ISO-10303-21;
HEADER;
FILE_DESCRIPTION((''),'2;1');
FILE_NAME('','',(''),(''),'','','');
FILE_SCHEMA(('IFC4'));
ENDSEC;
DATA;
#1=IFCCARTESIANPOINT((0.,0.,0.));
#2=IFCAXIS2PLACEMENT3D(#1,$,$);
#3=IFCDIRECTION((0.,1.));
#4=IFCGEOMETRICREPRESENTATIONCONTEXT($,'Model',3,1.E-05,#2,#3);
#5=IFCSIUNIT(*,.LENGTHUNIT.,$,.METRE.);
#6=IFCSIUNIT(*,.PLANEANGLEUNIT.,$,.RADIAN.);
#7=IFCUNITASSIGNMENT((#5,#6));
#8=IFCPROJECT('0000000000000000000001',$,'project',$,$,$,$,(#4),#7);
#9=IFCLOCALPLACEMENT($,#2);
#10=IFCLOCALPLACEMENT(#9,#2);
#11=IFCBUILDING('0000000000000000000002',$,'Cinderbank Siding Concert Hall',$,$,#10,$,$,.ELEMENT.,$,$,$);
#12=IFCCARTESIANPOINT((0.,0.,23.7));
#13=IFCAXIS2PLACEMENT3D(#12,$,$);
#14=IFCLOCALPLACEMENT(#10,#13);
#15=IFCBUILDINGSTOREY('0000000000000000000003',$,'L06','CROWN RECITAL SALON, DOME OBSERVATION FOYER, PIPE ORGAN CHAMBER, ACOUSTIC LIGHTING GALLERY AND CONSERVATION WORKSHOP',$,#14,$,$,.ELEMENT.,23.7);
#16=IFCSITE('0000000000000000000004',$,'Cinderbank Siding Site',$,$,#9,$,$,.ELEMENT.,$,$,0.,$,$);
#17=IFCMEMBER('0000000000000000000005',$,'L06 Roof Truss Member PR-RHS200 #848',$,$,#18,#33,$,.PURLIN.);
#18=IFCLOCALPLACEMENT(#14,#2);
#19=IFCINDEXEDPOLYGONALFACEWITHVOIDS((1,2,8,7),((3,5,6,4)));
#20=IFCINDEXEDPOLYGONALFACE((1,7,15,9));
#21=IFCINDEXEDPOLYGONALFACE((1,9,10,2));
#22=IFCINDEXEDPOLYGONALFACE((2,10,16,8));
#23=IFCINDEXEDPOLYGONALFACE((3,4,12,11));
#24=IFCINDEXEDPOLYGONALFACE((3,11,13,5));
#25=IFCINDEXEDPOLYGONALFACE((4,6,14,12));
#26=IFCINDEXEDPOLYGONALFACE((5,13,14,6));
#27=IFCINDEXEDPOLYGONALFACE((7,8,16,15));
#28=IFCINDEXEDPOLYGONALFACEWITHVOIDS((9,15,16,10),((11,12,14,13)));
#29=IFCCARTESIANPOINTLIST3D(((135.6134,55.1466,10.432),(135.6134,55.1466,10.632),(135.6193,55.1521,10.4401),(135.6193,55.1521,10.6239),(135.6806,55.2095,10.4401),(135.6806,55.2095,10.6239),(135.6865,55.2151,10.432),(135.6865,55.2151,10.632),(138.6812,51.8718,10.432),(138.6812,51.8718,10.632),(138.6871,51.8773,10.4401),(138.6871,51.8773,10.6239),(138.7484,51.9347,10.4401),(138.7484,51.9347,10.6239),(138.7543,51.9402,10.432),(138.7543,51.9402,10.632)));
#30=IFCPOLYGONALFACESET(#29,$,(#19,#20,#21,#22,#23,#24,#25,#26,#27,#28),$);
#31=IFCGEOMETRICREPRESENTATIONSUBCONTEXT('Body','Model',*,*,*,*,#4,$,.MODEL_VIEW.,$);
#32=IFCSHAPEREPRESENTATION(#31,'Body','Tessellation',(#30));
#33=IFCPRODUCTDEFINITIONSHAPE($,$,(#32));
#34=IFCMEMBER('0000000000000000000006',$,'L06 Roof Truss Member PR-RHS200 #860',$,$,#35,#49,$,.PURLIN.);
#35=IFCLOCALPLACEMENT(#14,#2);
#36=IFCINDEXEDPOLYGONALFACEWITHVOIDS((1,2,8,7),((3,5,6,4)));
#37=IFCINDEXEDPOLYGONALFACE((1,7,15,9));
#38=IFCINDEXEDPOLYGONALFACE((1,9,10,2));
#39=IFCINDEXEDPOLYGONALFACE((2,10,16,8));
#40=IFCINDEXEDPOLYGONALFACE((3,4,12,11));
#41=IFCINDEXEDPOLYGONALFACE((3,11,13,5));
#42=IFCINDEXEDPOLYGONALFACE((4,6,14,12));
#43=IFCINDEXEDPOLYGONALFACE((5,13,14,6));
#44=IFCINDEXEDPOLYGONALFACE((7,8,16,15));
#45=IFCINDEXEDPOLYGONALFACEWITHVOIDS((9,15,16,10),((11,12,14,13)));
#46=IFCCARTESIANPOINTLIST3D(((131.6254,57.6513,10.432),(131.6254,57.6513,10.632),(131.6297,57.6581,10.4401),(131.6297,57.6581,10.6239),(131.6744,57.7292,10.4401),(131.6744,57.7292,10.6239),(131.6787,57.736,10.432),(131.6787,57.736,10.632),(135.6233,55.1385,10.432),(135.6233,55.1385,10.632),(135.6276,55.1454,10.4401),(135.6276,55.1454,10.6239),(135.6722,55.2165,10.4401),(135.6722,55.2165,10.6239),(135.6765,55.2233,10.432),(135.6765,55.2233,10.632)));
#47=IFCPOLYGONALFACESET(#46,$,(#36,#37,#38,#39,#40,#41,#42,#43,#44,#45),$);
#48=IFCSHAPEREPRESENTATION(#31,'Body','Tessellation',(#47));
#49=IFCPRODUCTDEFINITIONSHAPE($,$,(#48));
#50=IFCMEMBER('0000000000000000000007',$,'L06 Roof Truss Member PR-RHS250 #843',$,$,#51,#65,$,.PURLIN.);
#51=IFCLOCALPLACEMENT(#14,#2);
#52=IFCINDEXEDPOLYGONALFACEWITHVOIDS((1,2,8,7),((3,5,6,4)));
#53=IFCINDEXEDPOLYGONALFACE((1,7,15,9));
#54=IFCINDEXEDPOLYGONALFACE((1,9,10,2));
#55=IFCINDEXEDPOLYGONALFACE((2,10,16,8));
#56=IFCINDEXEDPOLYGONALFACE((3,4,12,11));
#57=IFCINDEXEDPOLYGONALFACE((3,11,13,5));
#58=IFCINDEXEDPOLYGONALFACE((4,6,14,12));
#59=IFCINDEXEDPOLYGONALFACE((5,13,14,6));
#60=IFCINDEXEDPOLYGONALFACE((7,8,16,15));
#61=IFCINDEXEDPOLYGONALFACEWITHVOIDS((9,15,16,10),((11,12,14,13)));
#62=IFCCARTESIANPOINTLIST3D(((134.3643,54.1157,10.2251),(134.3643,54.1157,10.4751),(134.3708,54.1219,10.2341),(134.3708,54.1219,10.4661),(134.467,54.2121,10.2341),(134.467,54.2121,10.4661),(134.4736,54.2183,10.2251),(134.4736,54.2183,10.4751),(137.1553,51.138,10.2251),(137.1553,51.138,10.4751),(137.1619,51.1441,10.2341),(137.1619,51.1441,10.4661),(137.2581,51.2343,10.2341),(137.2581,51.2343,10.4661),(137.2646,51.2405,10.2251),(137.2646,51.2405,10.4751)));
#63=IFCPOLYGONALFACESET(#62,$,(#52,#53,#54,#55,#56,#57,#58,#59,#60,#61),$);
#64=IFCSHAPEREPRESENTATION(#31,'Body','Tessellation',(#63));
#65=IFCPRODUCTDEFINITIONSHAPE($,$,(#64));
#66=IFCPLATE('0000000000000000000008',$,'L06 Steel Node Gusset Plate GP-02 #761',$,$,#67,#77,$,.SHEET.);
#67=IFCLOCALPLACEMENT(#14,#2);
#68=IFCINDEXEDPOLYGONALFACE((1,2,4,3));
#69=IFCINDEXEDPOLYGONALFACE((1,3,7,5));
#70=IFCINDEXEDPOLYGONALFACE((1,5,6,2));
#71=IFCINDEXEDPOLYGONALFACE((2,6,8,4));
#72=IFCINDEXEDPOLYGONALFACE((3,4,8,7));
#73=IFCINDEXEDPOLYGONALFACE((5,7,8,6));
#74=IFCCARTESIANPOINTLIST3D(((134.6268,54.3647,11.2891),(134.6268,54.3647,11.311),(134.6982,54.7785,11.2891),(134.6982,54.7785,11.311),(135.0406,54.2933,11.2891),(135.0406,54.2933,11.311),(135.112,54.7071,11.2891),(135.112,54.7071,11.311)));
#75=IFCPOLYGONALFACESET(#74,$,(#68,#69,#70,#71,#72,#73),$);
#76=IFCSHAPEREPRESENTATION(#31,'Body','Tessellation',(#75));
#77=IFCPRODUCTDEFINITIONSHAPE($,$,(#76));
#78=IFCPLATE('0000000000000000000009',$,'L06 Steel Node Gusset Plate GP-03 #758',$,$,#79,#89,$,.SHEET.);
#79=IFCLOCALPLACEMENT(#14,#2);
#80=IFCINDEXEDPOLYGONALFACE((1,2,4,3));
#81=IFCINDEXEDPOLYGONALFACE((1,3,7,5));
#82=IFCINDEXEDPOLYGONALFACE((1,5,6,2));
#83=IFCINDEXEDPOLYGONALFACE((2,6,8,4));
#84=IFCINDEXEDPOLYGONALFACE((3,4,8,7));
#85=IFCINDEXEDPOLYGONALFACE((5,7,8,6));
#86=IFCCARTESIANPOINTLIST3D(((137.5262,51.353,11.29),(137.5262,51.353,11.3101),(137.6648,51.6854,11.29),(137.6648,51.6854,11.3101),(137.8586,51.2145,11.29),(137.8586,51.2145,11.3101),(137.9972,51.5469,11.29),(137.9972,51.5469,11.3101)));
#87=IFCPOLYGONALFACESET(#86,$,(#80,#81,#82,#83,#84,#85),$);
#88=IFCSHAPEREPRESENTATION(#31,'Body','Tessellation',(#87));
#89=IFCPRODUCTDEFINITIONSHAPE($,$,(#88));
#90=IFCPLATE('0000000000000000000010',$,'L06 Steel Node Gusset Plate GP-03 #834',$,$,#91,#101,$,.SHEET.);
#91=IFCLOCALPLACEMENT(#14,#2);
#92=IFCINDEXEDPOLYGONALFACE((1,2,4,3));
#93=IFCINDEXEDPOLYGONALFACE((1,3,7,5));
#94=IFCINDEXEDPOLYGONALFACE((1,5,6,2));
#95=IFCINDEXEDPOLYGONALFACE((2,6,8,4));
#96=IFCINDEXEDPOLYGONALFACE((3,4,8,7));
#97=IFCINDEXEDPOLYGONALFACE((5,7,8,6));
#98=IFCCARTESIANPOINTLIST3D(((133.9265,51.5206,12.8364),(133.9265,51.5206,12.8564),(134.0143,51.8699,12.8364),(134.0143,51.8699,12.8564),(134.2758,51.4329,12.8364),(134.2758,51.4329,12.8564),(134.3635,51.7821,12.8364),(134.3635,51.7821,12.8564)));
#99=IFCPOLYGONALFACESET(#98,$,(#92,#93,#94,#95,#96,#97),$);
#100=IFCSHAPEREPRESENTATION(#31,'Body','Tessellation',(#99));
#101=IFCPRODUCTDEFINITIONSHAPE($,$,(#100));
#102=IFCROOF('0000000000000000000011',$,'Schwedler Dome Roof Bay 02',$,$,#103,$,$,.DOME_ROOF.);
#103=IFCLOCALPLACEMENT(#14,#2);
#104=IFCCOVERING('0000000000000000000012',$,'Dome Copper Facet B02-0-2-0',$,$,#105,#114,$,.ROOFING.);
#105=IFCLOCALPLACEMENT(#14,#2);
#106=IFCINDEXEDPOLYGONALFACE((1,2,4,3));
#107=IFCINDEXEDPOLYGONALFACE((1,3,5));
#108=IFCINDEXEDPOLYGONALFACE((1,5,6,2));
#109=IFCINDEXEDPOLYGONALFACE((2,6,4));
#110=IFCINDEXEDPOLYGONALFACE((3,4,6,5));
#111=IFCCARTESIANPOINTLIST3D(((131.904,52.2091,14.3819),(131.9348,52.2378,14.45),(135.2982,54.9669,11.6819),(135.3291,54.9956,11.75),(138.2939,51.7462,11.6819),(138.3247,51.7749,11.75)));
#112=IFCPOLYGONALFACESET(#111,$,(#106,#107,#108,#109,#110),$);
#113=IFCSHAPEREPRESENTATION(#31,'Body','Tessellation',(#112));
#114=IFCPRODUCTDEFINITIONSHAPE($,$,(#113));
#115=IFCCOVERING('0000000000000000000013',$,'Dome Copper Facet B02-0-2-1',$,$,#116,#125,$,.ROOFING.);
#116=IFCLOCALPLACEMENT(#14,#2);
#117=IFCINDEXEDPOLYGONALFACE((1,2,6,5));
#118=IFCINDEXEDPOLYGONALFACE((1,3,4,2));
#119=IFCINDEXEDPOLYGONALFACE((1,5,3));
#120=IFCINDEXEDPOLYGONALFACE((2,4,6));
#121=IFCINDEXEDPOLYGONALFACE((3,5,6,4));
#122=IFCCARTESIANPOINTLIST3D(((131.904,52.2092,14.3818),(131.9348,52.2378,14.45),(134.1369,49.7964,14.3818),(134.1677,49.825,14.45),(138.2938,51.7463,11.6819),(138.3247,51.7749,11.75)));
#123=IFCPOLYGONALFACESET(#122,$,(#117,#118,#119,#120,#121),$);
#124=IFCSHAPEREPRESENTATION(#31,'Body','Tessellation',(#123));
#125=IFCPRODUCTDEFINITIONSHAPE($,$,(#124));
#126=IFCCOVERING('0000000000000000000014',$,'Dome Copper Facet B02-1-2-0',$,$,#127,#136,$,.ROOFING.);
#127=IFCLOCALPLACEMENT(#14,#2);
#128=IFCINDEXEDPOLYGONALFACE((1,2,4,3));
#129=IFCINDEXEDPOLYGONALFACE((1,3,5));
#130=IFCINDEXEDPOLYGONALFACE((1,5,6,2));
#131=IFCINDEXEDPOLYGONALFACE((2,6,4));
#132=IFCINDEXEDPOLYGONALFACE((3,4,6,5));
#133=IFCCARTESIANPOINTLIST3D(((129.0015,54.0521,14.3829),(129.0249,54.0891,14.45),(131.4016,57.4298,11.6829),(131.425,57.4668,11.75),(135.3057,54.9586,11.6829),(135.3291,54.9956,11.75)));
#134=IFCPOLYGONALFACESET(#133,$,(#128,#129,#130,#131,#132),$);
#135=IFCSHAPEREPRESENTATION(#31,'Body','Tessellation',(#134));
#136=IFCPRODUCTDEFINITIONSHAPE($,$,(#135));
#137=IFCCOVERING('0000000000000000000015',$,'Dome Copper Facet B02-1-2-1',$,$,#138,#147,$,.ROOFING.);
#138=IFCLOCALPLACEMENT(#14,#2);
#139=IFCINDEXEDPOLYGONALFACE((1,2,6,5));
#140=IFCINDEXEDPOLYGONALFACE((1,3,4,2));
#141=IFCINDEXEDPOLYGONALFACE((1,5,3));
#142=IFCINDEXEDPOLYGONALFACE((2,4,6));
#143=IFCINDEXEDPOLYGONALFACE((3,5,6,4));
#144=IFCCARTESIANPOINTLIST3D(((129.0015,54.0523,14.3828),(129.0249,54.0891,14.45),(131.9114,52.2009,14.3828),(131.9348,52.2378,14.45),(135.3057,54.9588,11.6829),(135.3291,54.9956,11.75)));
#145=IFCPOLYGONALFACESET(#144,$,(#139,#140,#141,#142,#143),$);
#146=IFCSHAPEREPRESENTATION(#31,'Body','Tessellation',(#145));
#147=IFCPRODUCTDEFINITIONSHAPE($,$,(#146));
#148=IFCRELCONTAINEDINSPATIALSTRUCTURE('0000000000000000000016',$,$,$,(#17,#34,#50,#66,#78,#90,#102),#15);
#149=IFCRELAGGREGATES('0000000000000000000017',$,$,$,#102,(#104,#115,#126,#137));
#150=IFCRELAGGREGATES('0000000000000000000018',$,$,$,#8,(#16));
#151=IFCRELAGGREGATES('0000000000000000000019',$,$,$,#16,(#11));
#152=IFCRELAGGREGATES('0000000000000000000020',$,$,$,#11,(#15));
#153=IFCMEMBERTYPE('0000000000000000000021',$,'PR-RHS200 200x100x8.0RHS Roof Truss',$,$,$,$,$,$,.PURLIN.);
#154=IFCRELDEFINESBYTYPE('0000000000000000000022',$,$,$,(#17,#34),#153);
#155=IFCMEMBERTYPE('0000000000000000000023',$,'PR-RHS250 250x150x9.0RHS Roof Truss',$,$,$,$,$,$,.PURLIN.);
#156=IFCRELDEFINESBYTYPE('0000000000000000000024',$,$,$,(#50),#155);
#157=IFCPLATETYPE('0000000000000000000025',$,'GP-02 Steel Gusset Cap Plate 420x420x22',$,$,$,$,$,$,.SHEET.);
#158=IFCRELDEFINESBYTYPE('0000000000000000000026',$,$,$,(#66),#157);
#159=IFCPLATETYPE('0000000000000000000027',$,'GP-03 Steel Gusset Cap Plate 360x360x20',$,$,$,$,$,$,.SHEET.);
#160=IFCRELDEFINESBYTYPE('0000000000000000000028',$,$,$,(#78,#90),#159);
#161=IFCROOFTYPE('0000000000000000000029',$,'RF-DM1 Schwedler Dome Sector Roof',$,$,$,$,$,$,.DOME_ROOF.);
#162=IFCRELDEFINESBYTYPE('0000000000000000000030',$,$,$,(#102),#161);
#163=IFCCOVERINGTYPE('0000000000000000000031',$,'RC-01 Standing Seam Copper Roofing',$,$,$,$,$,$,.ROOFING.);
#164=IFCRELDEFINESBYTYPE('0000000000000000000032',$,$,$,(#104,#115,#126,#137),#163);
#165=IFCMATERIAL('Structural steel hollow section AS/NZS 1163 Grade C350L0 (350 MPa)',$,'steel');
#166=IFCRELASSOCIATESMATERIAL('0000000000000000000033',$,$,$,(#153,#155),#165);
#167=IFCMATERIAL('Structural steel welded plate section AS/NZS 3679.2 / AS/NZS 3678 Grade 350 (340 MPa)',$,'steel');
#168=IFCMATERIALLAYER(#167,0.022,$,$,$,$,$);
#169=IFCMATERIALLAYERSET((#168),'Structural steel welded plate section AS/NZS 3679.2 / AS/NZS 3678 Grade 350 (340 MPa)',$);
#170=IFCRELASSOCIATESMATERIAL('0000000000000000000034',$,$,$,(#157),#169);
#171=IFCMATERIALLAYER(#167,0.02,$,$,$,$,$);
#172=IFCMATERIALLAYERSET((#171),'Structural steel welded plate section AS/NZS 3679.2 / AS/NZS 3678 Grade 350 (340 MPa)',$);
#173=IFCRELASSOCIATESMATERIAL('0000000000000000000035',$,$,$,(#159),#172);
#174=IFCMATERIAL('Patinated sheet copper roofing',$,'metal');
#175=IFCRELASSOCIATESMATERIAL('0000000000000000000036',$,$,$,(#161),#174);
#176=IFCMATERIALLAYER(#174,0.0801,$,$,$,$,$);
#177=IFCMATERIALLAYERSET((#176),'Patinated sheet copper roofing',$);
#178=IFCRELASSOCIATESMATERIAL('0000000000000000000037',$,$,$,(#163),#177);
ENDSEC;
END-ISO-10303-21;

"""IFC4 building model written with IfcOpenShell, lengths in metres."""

from ifc_helpers import new_model, si_unit, direction, frame, origin, origin_2d, place, context, subcontext, project, spatial, polyline, rectangle, hollow_rectangle, outline, extrude, material, layer, layer_set, material_profile, profile_set, type_object, element, aggregate, save


model = new_model("IFC4")

# Units and contexts
model_context = context("Model", 3, precision=1e-05, world=origin(), true_north=direction((0.0, 1.0)))
body_context = subcontext(model_context, "Body", "Model", "MODEL_VIEW")
ifc_project = project(units=[si_unit("LENGTHUNIT", "METRE"), si_unit("PLANEANGLEUNIT", "RADIAN")], contexts=[model_context])

# Site, building, storey
site_placement = place(None, origin())
site = spatial("IfcSite", under=ifc_project, at=site_placement, Name="Cinderbank Siding Site", CompositionType="ELEMENT", RefElevation=0.0)
building_placement = place(site_placement, origin())
building = spatial("IfcBuilding", under=site, at=building_placement, Name="Cinderbank Siding Concert Hall", CompositionType="ELEMENT")
storey_placement = place(building_placement, frame((0.0, 0.0, 23.7)))
storey = spatial("IfcBuildingStorey", under=building, at=storey_placement, Name="L06", Description="CROWN RECITAL SALON, DOME OBSERVATION FOYER, PIPE ORGAN CHAMBER, ACOUSTIC LIGHTING GALLERY AND CONSERVATION WORKSHOP", CompositionType="ELEMENT", Elevation=23.7)

# Members
ifc_material_1 = material(Name="Structural steel hollow section AS/NZS 1163 Grade C350L0 (350 MPa)", Category="steel")
ifc_material_profile_1 = material_profile(ifc_material_1, hollow_rectangle(XDim=0.1001, YDim=0.2, WallThickness=0.0081, at=origin_2d()), Name="200x100x8.0RHS", Category="LoadBearing")
ifc_profile_set_1 = profile_set([ifc_material_profile_1], Name="Structural steel hollow section AS/NZS 1163 Grade C350L0 (350 MPa)")
member_type_1 = type_object("IfcMemberType", Name="PR-RHS200 200x100x8.0RHS Roof Truss", PredefinedType="PURLIN", material=ifc_profile_set_1)
member_1_placement = place(storey_placement, frame((138.7178, 51.906, 10.532), z_axis=(-0.683662, 0.729798, 0.0), x_axis=(-0.729798, -0.683662, 0.0)))
element("IfcMember", 1, at=member_1_placement, inside=storey, type_object=member_type_1, Name="L06 Roof Truss Member PR-RHS200 #848", PredefinedType="PURLIN", context=body_context, shape_type="SweptSolid", body=[
    extrude(hollow_rectangle(XDim=0.1001, YDim=0.2, WallThickness=0.0081, at=origin_2d()), origin(), (0.0, 0.0, 1.0), 4.4873),
])
member_2_placement = place(storey_placement, frame((135.6499, 55.1809, 10.532), z_axis=(-0.846657, 0.53214, 0.0), x_axis=(-0.53214, -0.846657, 0.0)))
element("IfcMember", 2, at=member_2_placement, inside=storey, type_object=member_type_1, Name="L06 Roof Truss Member PR-RHS200 #860", PredefinedType="PURLIN", context=body_context, shape_type="SweptSolid", body=[
    extrude(hollow_rectangle(XDim=0.1001, YDim=0.2, WallThickness=0.0081, at=origin_2d()), origin(), (0.0, 0.0, 1.0), 4.7219),
])
ifc_material_profile_2 = material_profile(ifc_material_1, hollow_rectangle(XDim=0.1499, YDim=0.25, WallThickness=0.009, at=origin_2d()), Name="250x150x9.0RHS", Category="LoadBearing")
ifc_profile_set_2 = profile_set([ifc_material_profile_2], Name="Structural steel hollow section AS/NZS 1163 Grade C350L0 (350 MPa)")
member_type_2 = type_object("IfcMemberType", Name="PR-RHS250 250x150x9.0RHS Roof Truss", PredefinedType="PURLIN", material=ifc_profile_set_2)
member_3_placement = place(storey_placement, frame((137.21, 51.1892, 10.3501), z_axis=(-0.683856, 0.729617, 0.0), x_axis=(-0.729617, -0.683856, 0.0)))
element("IfcMember", 3, at=member_3_placement, inside=storey, type_object=member_type_2, Name="L06 Roof Truss Member PR-RHS250 #843", PredefinedType="PURLIN", context=body_context, shape_type="SweptSolid", body=[
    extrude(hollow_rectangle(XDim=0.1499, YDim=0.25, WallThickness=0.009, at=origin_2d()), origin(), (0.0, 0.0, 1.0), 4.0813),
])

# Plates
ifc_material_2 = material(Name="Structural steel welded plate section AS/NZS 3679.2 / AS/NZS 3678 Grade 350 (340 MPa)", Category="steel")
ifc_layer_1 = layer(ifc_material_2, 0.022)
ifc_layer_set_1 = layer_set([ifc_layer_1], Name="Structural steel welded plate section AS/NZS 3679.2 / AS/NZS 3678 Grade 350 (340 MPa)")
plate_type_1 = type_object("IfcPlateType", Name="GP-02 Steel Gusset Cap Plate 420x420x22", PredefinedType="SHEET", material=ifc_layer_set_1)
plate_placement = place(storey_placement, frame((134.8694, 54.5359, 11.2891), z_axis=(0.0, 0.0, 1.0), x_axis=(-0.985438, 0.170038, 0.0)))
element("IfcPlate", 4, at=plate_placement, inside=storey, type_object=plate_type_1, Name="L06 Steel Node Gusset Plate GP-02 #761", PredefinedType="SHEET", context=body_context, shape_type="SweptSolid", body=[
    extrude(rectangle(XDim=0.4199, YDim=0.4199, at=origin_2d()), origin(), (0.0, 0.0, 1.0), 0.022),
])
ifc_layer_2 = layer(ifc_material_2, 0.02)
ifc_layer_set_2 = layer_set([ifc_layer_2], Name="Structural steel welded plate section AS/NZS 3679.2 / AS/NZS 3678 Grade 350 (340 MPa)")
plate_type_2 = type_object("IfcPlateType", Name="GP-03 Steel Gusset Cap Plate 360x360x20", PredefinedType="SHEET", material=ifc_layer_set_2)
for number, where, z_axis, x_axis, name in (
    (5, (137.7617, 51.45, 11.29), (0.0, 0.0, 1.0), (-0.923009, 0.384779, 0.0), "L06 Steel Node Gusset Plate GP-03 #758"),
    (6, (134.145, 51.6514, 12.8364), (0.0, 0.0, 1.0), (-0.243615, -0.969872, 0.0), "L06 Steel Node Gusset Plate GP-03 #834"),
):
    element("IfcPlate", number, at=place(storey_placement, frame(where, z_axis=z_axis, x_axis=x_axis)), inside=storey, type_object=plate_type_2, Name=name, PredefinedType="SHEET", context=body_context, shape_type="SweptSolid", body=[
        extrude(rectangle(XDim=0.3601, YDim=0.3601, at=origin_2d()), origin(), (0.0, 0.0, 1.0), 0.02),
    ])

# Roof, coverings
ifc_material_3 = material(Name="Patinated sheet copper roofing", Category="metal")
roof_type = type_object("IfcRoofType", Name="RF-DM1 Schwedler Dome Sector Roof", PredefinedType="DOME_ROOF", material=ifc_material_3)
roof_placement = place(storey_placement, origin())
roof = element("IfcRoof", 7, at=roof_placement, inside=storey, type_object=roof_type, Name="Schwedler Dome Roof Bay 02", PredefinedType="DOME_ROOF")
ifc_layer_3 = layer(ifc_material_3, 0.0801)
ifc_layer_set_3 = layer_set([ifc_layer_3], Name="Patinated sheet copper roofing")
covering_type = type_object("IfcCoveringType", Name="RC-01 Standing Seam Copper Roofing", PredefinedType="ROOFING", material=ifc_layer_set_3)
covering_1_placement = place(storey_placement, frame((138.3247, 51.7749, 11.75), z_axis=(0.385275, 0.358348, 0.850382), x_axis=(-0.681056, 0.732232, 0.0)))
covering_1 = element("IfcCovering", 8, at=covering_1_placement, type_object=covering_type, Name="Dome Copper Facet B02-0-2-0", PredefinedType="ROOFING", context=body_context, shape_type="SweptSolid", body=[
    extrude(outline(polyline([(0.0, 0.0), (4.3985, 0.0), (4.6908, 5.1314), (0.0, 0.0)])), origin(), (0.0, 0.0, -1.0), 0.0801),
])
covering_2_placement = place(storey_placement, frame((138.3247, 51.7749, 11.75), z_axis=(0.385422, 0.35668, 0.851016), x_axis=(-0.919102, 0.066581, 0.388353)))
covering_2 = element("IfcCovering", 9, at=covering_2_placement, type_object=covering_type, Name="Dome Copper Facet B02-0-2-1", PredefinedType="ROOFING", context=body_context, shape_type="SweptSolid", body=[
    extrude(outline(polyline([(0.0, 0.0), (6.9523, 0.0), (4.7394, 2.4312), (0.0, 0.0)])), origin(), (0.0, 0.0, -1.0), 0.0801),
])
covering_3_placement = place(storey_placement, frame((135.3291, 54.9956, 11.75), z_axis=(0.292277, 0.461747, 0.837475), x_axis=(-0.844954, 0.53484, 0.0)))
covering_3 = element("IfcCovering", 10, at=covering_3_placement, type_object=covering_type, Name="Dome Copper Facet B02-1-2-0", PredefinedType="ROOFING", context=body_context, shape_type="SweptSolid", body=[
    extrude(outline(polyline([(0.0, 0.0), (4.6204, 0.0), (4.8419, 4.9407), (0.0, 0.0)])), origin(), (0.0, 0.0, -1.0), 0.0801),
])
covering_4_placement = place(storey_placement, frame((135.3291, 54.9956, 11.75), z_axis=(0.292786, 0.460203, 0.838146), x_axis=(-0.911316, -0.13104, 0.390297)))
covering_4 = element("IfcCovering", 11, at=covering_4_placement, type_object=covering_type, Name="Dome Copper Facet B02-1-2-1", PredefinedType="ROOFING", context=body_context, shape_type="SweptSolid", body=[
    extrude(outline(polyline([(0.0, 0.0), (6.9177, 0.0), (4.5084, 2.4679), (0.0, 0.0)])), origin(), (0.0, 0.0, -1.0), 0.0801),
])
aggregate(roof, [covering_1, covering_2, covering_3, covering_4])

save(model, "model.ifc")
